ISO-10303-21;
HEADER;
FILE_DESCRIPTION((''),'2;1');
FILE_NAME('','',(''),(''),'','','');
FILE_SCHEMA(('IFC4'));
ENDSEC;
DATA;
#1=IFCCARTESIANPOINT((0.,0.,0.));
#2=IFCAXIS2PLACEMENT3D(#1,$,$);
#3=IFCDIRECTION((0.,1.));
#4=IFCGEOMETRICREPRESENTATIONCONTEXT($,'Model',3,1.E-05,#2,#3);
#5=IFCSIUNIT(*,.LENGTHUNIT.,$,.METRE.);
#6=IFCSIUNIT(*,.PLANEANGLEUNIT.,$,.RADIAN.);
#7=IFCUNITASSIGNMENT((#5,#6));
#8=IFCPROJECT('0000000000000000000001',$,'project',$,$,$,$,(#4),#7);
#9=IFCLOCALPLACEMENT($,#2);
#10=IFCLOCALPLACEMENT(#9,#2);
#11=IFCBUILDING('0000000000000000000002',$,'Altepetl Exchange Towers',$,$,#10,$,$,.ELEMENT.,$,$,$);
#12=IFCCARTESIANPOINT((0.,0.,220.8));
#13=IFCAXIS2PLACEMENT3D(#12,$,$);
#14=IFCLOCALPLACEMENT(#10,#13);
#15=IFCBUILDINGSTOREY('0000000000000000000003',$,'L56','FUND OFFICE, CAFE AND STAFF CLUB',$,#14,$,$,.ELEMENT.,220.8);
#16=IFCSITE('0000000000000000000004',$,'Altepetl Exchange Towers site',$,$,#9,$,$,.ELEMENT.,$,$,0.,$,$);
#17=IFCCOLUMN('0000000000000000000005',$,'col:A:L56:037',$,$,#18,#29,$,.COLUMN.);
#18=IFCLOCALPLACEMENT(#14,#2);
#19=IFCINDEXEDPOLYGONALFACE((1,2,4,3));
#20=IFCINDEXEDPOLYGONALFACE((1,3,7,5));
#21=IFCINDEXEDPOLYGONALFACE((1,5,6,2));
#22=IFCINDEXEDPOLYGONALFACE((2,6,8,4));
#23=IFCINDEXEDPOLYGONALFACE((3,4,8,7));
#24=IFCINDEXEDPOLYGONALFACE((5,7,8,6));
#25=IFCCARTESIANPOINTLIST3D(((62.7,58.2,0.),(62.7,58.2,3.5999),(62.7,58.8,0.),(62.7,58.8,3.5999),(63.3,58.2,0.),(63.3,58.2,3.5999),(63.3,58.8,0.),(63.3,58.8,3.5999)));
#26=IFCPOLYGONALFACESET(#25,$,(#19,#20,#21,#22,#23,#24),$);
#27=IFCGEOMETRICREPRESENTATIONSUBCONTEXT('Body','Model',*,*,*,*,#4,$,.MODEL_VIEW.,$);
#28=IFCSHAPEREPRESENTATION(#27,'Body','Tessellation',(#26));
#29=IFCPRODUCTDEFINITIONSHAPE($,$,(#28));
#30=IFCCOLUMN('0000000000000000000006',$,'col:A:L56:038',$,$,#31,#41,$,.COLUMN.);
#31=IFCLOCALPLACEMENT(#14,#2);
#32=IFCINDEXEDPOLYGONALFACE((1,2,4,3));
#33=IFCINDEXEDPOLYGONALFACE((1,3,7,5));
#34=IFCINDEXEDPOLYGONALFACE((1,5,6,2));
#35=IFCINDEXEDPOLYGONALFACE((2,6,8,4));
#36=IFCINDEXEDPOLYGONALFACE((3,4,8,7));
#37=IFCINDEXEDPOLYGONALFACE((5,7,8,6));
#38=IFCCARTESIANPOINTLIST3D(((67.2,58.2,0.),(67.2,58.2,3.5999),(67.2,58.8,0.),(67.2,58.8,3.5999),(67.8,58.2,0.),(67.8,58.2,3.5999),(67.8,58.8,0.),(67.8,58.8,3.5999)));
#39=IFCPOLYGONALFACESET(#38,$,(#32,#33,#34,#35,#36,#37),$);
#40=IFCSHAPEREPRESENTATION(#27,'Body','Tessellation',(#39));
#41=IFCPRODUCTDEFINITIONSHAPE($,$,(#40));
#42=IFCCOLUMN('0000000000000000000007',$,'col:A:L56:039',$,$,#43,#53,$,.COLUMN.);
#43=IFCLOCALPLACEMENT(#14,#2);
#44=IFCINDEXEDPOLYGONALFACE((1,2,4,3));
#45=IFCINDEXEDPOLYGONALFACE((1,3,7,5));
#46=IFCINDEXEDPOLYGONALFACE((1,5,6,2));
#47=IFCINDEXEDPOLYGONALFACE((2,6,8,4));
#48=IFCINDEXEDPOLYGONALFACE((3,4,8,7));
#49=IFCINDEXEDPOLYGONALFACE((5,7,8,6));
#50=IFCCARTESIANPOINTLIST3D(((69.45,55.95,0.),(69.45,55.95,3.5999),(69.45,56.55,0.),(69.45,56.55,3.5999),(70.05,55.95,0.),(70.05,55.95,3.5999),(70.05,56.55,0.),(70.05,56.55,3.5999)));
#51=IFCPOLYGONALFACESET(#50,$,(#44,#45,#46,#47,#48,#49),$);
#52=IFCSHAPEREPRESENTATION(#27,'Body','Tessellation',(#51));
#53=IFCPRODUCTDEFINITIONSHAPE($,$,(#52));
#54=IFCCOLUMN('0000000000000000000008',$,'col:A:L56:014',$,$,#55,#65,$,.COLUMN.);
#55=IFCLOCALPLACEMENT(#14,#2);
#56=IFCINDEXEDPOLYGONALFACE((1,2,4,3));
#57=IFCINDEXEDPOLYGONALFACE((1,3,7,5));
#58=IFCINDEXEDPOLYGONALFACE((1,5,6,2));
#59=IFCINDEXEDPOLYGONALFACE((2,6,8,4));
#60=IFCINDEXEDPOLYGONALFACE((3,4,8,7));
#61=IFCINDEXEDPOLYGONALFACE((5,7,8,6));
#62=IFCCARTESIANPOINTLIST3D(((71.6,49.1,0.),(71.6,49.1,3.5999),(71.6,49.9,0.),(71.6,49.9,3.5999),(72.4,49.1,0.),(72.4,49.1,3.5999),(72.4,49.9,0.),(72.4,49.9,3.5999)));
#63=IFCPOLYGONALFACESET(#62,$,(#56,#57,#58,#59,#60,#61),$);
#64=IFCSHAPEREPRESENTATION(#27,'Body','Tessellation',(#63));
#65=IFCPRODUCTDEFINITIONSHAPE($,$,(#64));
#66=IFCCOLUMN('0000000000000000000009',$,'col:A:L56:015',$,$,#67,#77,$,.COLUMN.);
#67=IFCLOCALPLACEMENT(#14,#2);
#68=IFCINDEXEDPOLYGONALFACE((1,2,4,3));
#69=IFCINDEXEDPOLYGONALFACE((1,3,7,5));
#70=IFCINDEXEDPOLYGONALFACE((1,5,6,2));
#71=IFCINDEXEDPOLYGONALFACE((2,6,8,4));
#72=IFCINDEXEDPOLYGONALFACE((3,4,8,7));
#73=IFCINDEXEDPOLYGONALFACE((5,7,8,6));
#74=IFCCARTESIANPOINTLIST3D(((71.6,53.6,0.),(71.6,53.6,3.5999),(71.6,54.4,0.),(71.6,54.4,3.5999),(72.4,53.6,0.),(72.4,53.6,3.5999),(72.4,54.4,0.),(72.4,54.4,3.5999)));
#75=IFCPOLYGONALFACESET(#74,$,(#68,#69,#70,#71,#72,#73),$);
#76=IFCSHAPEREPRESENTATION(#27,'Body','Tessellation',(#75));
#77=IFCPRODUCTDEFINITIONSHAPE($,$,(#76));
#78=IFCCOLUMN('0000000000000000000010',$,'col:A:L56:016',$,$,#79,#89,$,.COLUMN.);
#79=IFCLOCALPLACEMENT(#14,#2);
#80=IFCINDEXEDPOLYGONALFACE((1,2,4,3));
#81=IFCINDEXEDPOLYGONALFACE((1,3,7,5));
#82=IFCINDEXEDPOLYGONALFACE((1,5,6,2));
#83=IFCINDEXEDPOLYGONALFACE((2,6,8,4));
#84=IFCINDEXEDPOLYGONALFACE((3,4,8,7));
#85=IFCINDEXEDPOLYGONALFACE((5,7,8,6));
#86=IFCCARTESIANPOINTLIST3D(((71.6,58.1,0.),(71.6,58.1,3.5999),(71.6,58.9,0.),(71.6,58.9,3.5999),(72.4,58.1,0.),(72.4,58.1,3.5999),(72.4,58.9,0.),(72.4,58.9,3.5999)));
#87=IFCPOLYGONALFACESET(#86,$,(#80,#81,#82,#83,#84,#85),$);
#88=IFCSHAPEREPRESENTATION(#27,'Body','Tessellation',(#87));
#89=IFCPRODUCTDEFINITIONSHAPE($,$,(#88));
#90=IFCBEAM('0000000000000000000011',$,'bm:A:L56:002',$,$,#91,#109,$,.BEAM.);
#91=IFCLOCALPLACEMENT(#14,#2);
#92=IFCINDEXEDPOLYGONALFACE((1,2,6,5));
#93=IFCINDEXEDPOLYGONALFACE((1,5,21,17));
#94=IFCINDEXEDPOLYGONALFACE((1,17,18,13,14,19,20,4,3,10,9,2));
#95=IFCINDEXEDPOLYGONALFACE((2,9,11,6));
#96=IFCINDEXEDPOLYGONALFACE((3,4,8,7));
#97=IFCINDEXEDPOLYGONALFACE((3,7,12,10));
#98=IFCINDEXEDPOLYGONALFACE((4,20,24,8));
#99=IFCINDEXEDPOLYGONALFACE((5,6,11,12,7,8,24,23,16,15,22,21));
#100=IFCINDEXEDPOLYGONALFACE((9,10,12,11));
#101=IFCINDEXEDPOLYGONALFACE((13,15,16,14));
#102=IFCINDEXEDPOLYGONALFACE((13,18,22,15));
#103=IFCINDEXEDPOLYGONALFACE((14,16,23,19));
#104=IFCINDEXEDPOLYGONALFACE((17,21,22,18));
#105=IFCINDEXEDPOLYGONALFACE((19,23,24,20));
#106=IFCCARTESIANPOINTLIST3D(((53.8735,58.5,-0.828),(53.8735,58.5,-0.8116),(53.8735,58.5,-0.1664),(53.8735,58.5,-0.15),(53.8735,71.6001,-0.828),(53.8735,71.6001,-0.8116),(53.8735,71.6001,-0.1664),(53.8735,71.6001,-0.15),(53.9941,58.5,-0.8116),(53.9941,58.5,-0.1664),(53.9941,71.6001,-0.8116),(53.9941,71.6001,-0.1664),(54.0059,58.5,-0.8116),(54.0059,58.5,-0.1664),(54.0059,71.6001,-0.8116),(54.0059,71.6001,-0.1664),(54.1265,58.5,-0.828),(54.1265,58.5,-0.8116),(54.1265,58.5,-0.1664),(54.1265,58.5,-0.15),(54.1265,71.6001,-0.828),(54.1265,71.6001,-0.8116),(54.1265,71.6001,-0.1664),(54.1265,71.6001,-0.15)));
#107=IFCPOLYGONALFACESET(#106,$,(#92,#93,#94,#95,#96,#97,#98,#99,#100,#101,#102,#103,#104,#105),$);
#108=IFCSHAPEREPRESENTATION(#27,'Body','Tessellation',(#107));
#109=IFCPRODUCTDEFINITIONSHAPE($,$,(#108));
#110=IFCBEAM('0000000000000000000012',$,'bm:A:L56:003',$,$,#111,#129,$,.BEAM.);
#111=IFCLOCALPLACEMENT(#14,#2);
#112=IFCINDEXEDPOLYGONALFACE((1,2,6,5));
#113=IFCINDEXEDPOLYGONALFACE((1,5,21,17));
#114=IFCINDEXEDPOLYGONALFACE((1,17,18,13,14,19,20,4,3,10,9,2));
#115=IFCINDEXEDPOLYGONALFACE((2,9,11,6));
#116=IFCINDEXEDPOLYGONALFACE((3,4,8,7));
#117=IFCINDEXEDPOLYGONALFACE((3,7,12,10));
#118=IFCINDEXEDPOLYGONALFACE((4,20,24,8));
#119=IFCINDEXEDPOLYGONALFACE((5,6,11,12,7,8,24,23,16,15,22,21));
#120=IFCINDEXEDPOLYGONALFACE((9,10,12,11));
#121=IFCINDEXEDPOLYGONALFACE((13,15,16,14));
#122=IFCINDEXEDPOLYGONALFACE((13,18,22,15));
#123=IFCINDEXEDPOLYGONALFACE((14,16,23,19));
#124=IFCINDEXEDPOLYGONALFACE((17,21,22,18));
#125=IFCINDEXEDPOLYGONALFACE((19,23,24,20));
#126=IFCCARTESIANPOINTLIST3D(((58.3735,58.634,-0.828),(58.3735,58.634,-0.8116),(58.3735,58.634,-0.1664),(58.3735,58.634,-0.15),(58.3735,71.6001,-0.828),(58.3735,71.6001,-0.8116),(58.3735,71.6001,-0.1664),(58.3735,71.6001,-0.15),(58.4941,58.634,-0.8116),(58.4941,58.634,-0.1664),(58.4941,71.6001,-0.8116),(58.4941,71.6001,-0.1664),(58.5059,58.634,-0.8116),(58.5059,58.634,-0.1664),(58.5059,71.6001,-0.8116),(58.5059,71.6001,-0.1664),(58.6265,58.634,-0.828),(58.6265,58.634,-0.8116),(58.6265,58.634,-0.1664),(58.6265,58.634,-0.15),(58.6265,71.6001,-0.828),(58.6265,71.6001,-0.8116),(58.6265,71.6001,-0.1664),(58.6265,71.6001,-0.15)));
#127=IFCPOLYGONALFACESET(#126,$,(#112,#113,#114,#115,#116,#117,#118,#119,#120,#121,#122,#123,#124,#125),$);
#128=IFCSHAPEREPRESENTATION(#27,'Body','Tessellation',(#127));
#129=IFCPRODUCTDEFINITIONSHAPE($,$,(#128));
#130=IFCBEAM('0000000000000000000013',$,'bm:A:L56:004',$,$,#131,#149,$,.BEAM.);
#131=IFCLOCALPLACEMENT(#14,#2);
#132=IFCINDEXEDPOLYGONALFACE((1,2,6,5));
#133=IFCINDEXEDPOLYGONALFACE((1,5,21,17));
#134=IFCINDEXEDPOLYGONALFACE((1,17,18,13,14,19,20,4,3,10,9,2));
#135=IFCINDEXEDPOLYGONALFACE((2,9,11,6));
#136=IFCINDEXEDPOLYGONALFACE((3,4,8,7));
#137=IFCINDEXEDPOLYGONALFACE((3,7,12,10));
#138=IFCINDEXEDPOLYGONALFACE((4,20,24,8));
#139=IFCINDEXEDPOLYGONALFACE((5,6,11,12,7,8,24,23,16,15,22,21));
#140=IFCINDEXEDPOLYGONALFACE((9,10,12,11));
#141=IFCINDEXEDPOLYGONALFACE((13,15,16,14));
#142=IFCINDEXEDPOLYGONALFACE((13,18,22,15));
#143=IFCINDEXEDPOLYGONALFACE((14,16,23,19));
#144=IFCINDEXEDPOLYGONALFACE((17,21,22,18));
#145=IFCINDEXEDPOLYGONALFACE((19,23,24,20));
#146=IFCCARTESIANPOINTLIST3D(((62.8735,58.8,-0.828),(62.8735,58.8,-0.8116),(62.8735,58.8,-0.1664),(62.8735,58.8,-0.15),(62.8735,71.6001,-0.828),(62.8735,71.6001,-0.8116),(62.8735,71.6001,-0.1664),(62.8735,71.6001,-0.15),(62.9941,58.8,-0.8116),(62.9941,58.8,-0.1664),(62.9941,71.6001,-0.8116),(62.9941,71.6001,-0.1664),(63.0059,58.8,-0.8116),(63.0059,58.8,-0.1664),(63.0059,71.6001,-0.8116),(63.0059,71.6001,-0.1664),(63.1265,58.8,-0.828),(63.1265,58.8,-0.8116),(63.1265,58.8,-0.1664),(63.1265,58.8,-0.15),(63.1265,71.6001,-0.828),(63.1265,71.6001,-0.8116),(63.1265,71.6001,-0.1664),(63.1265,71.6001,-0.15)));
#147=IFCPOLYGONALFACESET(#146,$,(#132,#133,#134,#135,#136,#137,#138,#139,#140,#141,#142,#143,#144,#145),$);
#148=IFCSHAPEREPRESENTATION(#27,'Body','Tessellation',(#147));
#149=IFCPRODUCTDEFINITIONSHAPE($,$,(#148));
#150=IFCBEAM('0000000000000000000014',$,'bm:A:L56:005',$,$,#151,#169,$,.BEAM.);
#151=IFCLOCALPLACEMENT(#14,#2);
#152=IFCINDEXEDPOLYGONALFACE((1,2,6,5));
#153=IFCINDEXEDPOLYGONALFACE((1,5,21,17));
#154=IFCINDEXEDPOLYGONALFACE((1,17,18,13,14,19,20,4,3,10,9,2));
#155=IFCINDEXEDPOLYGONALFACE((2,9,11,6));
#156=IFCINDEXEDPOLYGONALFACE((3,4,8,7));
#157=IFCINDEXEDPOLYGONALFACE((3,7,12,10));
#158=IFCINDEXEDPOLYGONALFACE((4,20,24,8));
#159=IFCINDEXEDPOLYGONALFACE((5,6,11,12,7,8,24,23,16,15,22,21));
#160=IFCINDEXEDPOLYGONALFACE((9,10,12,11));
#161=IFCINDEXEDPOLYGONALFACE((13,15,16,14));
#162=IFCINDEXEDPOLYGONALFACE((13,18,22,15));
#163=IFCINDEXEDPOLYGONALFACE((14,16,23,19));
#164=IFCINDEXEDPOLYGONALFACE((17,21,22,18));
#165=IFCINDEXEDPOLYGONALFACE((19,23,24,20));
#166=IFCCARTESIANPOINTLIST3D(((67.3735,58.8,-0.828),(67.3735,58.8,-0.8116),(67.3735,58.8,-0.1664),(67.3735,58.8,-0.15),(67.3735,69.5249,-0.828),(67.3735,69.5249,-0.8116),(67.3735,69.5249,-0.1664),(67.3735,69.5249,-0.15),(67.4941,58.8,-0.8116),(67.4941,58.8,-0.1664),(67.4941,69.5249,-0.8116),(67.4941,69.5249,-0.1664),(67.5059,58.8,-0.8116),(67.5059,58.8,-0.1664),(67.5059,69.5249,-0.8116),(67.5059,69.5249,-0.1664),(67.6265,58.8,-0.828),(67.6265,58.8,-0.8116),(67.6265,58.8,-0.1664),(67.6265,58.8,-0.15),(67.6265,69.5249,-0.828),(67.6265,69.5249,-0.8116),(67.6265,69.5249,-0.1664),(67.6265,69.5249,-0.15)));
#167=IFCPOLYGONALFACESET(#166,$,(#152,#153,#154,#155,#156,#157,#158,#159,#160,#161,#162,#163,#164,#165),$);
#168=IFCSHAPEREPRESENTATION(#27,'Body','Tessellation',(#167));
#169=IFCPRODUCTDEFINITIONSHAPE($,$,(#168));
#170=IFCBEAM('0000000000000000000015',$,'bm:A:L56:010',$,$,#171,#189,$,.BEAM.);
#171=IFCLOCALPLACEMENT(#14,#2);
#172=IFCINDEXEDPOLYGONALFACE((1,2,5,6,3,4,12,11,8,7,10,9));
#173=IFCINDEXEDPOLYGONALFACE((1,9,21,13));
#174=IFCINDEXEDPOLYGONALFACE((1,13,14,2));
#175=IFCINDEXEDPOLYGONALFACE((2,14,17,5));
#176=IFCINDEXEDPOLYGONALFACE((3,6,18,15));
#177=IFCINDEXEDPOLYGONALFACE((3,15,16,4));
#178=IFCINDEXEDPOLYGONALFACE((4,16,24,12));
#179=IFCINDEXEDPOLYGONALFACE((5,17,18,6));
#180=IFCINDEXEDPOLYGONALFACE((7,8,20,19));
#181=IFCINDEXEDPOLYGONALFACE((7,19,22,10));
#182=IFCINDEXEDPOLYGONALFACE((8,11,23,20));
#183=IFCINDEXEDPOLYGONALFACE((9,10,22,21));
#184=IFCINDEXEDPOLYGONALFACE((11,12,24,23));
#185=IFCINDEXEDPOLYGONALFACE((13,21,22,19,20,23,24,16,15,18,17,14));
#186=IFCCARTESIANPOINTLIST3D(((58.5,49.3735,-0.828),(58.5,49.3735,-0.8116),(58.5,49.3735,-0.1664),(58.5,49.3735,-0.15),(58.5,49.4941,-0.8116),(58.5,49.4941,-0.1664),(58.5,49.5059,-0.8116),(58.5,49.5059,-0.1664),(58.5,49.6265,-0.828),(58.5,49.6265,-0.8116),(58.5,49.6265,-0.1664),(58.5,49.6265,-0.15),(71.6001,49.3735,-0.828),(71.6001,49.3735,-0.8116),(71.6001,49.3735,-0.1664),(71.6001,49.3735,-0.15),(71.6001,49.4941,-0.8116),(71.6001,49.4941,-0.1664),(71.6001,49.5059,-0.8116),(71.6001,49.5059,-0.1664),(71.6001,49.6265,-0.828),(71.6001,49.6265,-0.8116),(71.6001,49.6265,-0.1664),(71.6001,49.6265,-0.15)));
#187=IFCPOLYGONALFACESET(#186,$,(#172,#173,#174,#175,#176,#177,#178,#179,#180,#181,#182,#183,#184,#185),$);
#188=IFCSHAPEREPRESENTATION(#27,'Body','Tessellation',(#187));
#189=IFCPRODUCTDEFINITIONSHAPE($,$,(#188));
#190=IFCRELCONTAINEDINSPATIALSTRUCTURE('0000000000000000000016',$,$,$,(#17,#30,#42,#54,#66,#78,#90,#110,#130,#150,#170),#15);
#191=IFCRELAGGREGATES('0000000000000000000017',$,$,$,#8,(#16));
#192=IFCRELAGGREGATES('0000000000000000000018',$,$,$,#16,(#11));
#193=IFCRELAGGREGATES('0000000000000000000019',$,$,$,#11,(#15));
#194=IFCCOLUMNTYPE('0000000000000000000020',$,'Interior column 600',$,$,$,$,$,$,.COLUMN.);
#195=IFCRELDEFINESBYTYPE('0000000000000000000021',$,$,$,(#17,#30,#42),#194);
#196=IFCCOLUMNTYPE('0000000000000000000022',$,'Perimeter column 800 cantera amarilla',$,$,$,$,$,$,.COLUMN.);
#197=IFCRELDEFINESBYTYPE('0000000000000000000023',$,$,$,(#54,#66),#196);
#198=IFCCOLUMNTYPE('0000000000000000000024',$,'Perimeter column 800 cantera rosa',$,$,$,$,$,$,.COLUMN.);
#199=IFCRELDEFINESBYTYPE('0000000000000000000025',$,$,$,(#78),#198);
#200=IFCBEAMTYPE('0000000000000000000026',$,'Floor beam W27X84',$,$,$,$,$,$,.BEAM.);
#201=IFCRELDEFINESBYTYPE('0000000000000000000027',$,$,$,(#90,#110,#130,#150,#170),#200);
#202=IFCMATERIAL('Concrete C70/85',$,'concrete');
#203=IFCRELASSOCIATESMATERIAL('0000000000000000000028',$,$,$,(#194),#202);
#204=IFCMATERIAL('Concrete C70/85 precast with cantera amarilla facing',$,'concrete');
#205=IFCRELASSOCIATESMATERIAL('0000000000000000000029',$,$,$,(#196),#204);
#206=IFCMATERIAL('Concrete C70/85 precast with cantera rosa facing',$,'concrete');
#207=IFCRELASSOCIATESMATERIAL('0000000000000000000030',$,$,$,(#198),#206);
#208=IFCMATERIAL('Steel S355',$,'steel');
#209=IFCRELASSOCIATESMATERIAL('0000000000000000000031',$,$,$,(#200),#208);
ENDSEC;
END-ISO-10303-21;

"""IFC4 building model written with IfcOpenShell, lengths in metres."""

from ifc_helpers import new_model, si_unit, direction, frame, origin, origin_2d, place, context, subcontext, project, spatial, rectangle, i_section, extrude, material, material_profile, profile_set, type_object, element, save


model = new_model("IFC4")

# Units and contexts
model_context = context("Model", 3, precision=1e-05, world=origin(), true_north=direction((0.0, 1.0)))
body_context = subcontext(model_context, "Body", "Model", "MODEL_VIEW")
ifc_project = project(units=[si_unit("LENGTHUNIT", "METRE"), si_unit("PLANEANGLEUNIT", "RADIAN")], contexts=[model_context])

# Site, building, storey
site_placement = place(None, origin())
site = spatial("IfcSite", under=ifc_project, at=site_placement, Name="Altepetl Exchange Towers site", CompositionType="ELEMENT", RefElevation=0.0)
building_placement = place(site_placement, origin())
building = spatial("IfcBuilding", under=site, at=building_placement, Name="Altepetl Exchange Towers", CompositionType="ELEMENT")
storey_placement = place(building_placement, frame((0.0, 0.0, 220.8)))
storey = spatial("IfcBuildingStorey", under=building, at=storey_placement, Name="L56", Description="FUND OFFICE, CAFE AND STAFF CLUB", CompositionType="ELEMENT", Elevation=220.8)

# Columns
ifc_material_1 = material(Name="Concrete C70/85", Category="concrete")
ifc_material_profile_1 = material_profile(ifc_material_1, rectangle(XDim=0.6001, YDim=0.6001, at=origin_2d()), Name="600 x 600")
ifc_profile_set_1 = profile_set([ifc_material_profile_1], Name="Concrete C70/85")
column_type_1 = type_object("IfcColumnType", Name="Interior column 600", PredefinedType="COLUMN", material=ifc_profile_set_1)
for number, where, name in (
    (1, (63.0, 58.5, 0.0), "col:A:L56:037"),
    (2, (67.5, 58.5, 0.0), "col:A:L56:038"),
    (3, (69.75, 56.25, 0.0), "col:A:L56:039"),
):
    element("IfcColumn", number, at=place(storey_placement, frame(where)), inside=storey, type_object=column_type_1, Name=name, PredefinedType="COLUMN", context=body_context, shape_type="SweptSolid", body=[
        extrude(rectangle(XDim=0.6001, YDim=0.6001, at=origin_2d()), origin(), (0.0, 0.0, 1.0), 3.5999),
    ])
ifc_material_2 = material(Name="Concrete C70/85 precast with cantera amarilla facing", Category="concrete")
ifc_material_profile_2 = material_profile(ifc_material_2, rectangle(XDim=0.8, YDim=0.8, at=origin_2d()), Name="800 x 800")
ifc_profile_set_2 = profile_set([ifc_material_profile_2], Name="Concrete C70/85 precast with cantera amarilla facing")
column_type_2 = type_object("IfcColumnType", Name="Perimeter column 800 cantera amarilla", PredefinedType="COLUMN", material=ifc_profile_set_2)
for number, where, name in (
    (4, (72.0, 49.5, 0.0), "col:A:L56:014"),
    (5, (72.0, 54.0, 0.0), "col:A:L56:015"),
):
    element("IfcColumn", number, at=place(storey_placement, frame(where)), inside=storey, type_object=column_type_2, Name=name, PredefinedType="COLUMN", context=body_context, shape_type="SweptSolid", body=[
        extrude(rectangle(XDim=0.8, YDim=0.8, at=origin_2d()), origin(), (0.0, 0.0, 1.0), 3.5999),
    ])
ifc_material_3 = material(Name="Concrete C70/85 precast with cantera rosa facing", Category="concrete")
ifc_material_profile_3 = material_profile(ifc_material_3, rectangle(XDim=0.8, YDim=0.8, at=origin_2d()), Name="800 x 800")
ifc_profile_set_3 = profile_set([ifc_material_profile_3], Name="Concrete C70/85 precast with cantera rosa facing")
column_type_3 = type_object("IfcColumnType", Name="Perimeter column 800 cantera rosa", PredefinedType="COLUMN", material=ifc_profile_set_3)
column_placement = place(storey_placement, frame((72.0, 58.5, 0.0)))
element("IfcColumn", 6, at=column_placement, inside=storey, type_object=column_type_3, Name="col:A:L56:016", PredefinedType="COLUMN", context=body_context, shape_type="SweptSolid", body=[
    extrude(rectangle(XDim=0.8, YDim=0.8, at=origin_2d()), origin(), (0.0, 0.0, 1.0), 3.5999),
])

# Beams
ifc_material_4 = material(Name="Steel S355", Category="steel")
ifc_material_profile_4 = material_profile(ifc_material_4, i_section(OverallWidth=0.2529, OverallDepth=0.678, WebThickness=0.0117, FlangeThickness=0.0164, at=origin_2d()), Name="W27X84")
ifc_profile_set_4 = profile_set([ifc_material_profile_4], Name="Steel S355")
beam_type_1 = type_object("IfcBeamType", Name="Floor beam W27X84", PredefinedType="BEAM", material=ifc_profile_set_4)
beam_1_placement = place(storey_placement, frame((54.0, 58.5, -0.489), z_axis=(0.0, 1.0, 0.0), x_axis=(-1.0, 0.0, 0.0)))
element("IfcBeam", 7, at=beam_1_placement, inside=storey, type_object=beam_type_1, Name="bm:A:L56:002", PredefinedType="BEAM", context=body_context, shape_type="SweptSolid", body=[
    extrude(i_section(OverallWidth=0.2529, OverallDepth=0.678, WebThickness=0.0117, FlangeThickness=0.0164, at=origin_2d()), origin(), (0.0, 0.0, 1.0), 13.1001),
])
beam_2_placement = place(storey_placement, frame((58.5, 58.634, -0.489), z_axis=(0.0, 1.0, 0.0), x_axis=(-1.0, 0.0, 0.0)))
element("IfcBeam", 8, at=beam_2_placement, inside=storey, type_object=beam_type_1, Name="bm:A:L56:003", PredefinedType="BEAM", context=body_context, shape_type="SweptSolid", body=[
    extrude(i_section(OverallWidth=0.2529, OverallDepth=0.678, WebThickness=0.0117, FlangeThickness=0.0164, at=origin_2d()), origin(), (0.0, 0.0, 1.0), 12.9661),
])
beam_3_placement = place(storey_placement, frame((63.0, 58.8, -0.489), z_axis=(0.0, 1.0, 0.0), x_axis=(-1.0, 0.0, 0.0)))
element("IfcBeam", 9, at=beam_3_placement, inside=storey, type_object=beam_type_1, Name="bm:A:L56:004", PredefinedType="BEAM", context=body_context, shape_type="SweptSolid", body=[
    extrude(i_section(OverallWidth=0.2529, OverallDepth=0.678, WebThickness=0.0117, FlangeThickness=0.0164, at=origin_2d()), origin(), (0.0, 0.0, 1.0), 12.8),
])
beam_4_placement = place(storey_placement, frame((67.5, 58.8, -0.489), z_axis=(0.0, 1.0, 0.0), x_axis=(-1.0, 0.0, 0.0)))
element("IfcBeam", 10, at=beam_4_placement, inside=storey, type_object=beam_type_1, Name="bm:A:L56:005", PredefinedType="BEAM", context=body_context, shape_type="SweptSolid", body=[
    extrude(i_section(OverallWidth=0.2529, OverallDepth=0.678, WebThickness=0.0117, FlangeThickness=0.0164, at=origin_2d()), origin(), (0.0, 0.0, 1.0), 10.7249),
])
for number, where, z_axis, x_axis, name in (
    (11, (58.5, 49.5, -0.489), (1.0, 0.0, 0.0), (0.0, 1.0, 0.0), "bm:A:L56:010"),
):
    element("IfcBeam", number, at=place(storey_placement, frame(where, z_axis=z_axis, x_axis=x_axis)), inside=storey, type_object=beam_type_1, Name=name, PredefinedType="BEAM", context=body_context, shape_type="SweptSolid", body=[
        extrude(i_section(OverallWidth=0.2529, OverallDepth=0.678, WebThickness=0.0117, FlangeThickness=0.0164, at=origin_2d()), origin(), (0.0, 0.0, 1.0), 13.1001),
    ])

save(model, "model.ifc")
